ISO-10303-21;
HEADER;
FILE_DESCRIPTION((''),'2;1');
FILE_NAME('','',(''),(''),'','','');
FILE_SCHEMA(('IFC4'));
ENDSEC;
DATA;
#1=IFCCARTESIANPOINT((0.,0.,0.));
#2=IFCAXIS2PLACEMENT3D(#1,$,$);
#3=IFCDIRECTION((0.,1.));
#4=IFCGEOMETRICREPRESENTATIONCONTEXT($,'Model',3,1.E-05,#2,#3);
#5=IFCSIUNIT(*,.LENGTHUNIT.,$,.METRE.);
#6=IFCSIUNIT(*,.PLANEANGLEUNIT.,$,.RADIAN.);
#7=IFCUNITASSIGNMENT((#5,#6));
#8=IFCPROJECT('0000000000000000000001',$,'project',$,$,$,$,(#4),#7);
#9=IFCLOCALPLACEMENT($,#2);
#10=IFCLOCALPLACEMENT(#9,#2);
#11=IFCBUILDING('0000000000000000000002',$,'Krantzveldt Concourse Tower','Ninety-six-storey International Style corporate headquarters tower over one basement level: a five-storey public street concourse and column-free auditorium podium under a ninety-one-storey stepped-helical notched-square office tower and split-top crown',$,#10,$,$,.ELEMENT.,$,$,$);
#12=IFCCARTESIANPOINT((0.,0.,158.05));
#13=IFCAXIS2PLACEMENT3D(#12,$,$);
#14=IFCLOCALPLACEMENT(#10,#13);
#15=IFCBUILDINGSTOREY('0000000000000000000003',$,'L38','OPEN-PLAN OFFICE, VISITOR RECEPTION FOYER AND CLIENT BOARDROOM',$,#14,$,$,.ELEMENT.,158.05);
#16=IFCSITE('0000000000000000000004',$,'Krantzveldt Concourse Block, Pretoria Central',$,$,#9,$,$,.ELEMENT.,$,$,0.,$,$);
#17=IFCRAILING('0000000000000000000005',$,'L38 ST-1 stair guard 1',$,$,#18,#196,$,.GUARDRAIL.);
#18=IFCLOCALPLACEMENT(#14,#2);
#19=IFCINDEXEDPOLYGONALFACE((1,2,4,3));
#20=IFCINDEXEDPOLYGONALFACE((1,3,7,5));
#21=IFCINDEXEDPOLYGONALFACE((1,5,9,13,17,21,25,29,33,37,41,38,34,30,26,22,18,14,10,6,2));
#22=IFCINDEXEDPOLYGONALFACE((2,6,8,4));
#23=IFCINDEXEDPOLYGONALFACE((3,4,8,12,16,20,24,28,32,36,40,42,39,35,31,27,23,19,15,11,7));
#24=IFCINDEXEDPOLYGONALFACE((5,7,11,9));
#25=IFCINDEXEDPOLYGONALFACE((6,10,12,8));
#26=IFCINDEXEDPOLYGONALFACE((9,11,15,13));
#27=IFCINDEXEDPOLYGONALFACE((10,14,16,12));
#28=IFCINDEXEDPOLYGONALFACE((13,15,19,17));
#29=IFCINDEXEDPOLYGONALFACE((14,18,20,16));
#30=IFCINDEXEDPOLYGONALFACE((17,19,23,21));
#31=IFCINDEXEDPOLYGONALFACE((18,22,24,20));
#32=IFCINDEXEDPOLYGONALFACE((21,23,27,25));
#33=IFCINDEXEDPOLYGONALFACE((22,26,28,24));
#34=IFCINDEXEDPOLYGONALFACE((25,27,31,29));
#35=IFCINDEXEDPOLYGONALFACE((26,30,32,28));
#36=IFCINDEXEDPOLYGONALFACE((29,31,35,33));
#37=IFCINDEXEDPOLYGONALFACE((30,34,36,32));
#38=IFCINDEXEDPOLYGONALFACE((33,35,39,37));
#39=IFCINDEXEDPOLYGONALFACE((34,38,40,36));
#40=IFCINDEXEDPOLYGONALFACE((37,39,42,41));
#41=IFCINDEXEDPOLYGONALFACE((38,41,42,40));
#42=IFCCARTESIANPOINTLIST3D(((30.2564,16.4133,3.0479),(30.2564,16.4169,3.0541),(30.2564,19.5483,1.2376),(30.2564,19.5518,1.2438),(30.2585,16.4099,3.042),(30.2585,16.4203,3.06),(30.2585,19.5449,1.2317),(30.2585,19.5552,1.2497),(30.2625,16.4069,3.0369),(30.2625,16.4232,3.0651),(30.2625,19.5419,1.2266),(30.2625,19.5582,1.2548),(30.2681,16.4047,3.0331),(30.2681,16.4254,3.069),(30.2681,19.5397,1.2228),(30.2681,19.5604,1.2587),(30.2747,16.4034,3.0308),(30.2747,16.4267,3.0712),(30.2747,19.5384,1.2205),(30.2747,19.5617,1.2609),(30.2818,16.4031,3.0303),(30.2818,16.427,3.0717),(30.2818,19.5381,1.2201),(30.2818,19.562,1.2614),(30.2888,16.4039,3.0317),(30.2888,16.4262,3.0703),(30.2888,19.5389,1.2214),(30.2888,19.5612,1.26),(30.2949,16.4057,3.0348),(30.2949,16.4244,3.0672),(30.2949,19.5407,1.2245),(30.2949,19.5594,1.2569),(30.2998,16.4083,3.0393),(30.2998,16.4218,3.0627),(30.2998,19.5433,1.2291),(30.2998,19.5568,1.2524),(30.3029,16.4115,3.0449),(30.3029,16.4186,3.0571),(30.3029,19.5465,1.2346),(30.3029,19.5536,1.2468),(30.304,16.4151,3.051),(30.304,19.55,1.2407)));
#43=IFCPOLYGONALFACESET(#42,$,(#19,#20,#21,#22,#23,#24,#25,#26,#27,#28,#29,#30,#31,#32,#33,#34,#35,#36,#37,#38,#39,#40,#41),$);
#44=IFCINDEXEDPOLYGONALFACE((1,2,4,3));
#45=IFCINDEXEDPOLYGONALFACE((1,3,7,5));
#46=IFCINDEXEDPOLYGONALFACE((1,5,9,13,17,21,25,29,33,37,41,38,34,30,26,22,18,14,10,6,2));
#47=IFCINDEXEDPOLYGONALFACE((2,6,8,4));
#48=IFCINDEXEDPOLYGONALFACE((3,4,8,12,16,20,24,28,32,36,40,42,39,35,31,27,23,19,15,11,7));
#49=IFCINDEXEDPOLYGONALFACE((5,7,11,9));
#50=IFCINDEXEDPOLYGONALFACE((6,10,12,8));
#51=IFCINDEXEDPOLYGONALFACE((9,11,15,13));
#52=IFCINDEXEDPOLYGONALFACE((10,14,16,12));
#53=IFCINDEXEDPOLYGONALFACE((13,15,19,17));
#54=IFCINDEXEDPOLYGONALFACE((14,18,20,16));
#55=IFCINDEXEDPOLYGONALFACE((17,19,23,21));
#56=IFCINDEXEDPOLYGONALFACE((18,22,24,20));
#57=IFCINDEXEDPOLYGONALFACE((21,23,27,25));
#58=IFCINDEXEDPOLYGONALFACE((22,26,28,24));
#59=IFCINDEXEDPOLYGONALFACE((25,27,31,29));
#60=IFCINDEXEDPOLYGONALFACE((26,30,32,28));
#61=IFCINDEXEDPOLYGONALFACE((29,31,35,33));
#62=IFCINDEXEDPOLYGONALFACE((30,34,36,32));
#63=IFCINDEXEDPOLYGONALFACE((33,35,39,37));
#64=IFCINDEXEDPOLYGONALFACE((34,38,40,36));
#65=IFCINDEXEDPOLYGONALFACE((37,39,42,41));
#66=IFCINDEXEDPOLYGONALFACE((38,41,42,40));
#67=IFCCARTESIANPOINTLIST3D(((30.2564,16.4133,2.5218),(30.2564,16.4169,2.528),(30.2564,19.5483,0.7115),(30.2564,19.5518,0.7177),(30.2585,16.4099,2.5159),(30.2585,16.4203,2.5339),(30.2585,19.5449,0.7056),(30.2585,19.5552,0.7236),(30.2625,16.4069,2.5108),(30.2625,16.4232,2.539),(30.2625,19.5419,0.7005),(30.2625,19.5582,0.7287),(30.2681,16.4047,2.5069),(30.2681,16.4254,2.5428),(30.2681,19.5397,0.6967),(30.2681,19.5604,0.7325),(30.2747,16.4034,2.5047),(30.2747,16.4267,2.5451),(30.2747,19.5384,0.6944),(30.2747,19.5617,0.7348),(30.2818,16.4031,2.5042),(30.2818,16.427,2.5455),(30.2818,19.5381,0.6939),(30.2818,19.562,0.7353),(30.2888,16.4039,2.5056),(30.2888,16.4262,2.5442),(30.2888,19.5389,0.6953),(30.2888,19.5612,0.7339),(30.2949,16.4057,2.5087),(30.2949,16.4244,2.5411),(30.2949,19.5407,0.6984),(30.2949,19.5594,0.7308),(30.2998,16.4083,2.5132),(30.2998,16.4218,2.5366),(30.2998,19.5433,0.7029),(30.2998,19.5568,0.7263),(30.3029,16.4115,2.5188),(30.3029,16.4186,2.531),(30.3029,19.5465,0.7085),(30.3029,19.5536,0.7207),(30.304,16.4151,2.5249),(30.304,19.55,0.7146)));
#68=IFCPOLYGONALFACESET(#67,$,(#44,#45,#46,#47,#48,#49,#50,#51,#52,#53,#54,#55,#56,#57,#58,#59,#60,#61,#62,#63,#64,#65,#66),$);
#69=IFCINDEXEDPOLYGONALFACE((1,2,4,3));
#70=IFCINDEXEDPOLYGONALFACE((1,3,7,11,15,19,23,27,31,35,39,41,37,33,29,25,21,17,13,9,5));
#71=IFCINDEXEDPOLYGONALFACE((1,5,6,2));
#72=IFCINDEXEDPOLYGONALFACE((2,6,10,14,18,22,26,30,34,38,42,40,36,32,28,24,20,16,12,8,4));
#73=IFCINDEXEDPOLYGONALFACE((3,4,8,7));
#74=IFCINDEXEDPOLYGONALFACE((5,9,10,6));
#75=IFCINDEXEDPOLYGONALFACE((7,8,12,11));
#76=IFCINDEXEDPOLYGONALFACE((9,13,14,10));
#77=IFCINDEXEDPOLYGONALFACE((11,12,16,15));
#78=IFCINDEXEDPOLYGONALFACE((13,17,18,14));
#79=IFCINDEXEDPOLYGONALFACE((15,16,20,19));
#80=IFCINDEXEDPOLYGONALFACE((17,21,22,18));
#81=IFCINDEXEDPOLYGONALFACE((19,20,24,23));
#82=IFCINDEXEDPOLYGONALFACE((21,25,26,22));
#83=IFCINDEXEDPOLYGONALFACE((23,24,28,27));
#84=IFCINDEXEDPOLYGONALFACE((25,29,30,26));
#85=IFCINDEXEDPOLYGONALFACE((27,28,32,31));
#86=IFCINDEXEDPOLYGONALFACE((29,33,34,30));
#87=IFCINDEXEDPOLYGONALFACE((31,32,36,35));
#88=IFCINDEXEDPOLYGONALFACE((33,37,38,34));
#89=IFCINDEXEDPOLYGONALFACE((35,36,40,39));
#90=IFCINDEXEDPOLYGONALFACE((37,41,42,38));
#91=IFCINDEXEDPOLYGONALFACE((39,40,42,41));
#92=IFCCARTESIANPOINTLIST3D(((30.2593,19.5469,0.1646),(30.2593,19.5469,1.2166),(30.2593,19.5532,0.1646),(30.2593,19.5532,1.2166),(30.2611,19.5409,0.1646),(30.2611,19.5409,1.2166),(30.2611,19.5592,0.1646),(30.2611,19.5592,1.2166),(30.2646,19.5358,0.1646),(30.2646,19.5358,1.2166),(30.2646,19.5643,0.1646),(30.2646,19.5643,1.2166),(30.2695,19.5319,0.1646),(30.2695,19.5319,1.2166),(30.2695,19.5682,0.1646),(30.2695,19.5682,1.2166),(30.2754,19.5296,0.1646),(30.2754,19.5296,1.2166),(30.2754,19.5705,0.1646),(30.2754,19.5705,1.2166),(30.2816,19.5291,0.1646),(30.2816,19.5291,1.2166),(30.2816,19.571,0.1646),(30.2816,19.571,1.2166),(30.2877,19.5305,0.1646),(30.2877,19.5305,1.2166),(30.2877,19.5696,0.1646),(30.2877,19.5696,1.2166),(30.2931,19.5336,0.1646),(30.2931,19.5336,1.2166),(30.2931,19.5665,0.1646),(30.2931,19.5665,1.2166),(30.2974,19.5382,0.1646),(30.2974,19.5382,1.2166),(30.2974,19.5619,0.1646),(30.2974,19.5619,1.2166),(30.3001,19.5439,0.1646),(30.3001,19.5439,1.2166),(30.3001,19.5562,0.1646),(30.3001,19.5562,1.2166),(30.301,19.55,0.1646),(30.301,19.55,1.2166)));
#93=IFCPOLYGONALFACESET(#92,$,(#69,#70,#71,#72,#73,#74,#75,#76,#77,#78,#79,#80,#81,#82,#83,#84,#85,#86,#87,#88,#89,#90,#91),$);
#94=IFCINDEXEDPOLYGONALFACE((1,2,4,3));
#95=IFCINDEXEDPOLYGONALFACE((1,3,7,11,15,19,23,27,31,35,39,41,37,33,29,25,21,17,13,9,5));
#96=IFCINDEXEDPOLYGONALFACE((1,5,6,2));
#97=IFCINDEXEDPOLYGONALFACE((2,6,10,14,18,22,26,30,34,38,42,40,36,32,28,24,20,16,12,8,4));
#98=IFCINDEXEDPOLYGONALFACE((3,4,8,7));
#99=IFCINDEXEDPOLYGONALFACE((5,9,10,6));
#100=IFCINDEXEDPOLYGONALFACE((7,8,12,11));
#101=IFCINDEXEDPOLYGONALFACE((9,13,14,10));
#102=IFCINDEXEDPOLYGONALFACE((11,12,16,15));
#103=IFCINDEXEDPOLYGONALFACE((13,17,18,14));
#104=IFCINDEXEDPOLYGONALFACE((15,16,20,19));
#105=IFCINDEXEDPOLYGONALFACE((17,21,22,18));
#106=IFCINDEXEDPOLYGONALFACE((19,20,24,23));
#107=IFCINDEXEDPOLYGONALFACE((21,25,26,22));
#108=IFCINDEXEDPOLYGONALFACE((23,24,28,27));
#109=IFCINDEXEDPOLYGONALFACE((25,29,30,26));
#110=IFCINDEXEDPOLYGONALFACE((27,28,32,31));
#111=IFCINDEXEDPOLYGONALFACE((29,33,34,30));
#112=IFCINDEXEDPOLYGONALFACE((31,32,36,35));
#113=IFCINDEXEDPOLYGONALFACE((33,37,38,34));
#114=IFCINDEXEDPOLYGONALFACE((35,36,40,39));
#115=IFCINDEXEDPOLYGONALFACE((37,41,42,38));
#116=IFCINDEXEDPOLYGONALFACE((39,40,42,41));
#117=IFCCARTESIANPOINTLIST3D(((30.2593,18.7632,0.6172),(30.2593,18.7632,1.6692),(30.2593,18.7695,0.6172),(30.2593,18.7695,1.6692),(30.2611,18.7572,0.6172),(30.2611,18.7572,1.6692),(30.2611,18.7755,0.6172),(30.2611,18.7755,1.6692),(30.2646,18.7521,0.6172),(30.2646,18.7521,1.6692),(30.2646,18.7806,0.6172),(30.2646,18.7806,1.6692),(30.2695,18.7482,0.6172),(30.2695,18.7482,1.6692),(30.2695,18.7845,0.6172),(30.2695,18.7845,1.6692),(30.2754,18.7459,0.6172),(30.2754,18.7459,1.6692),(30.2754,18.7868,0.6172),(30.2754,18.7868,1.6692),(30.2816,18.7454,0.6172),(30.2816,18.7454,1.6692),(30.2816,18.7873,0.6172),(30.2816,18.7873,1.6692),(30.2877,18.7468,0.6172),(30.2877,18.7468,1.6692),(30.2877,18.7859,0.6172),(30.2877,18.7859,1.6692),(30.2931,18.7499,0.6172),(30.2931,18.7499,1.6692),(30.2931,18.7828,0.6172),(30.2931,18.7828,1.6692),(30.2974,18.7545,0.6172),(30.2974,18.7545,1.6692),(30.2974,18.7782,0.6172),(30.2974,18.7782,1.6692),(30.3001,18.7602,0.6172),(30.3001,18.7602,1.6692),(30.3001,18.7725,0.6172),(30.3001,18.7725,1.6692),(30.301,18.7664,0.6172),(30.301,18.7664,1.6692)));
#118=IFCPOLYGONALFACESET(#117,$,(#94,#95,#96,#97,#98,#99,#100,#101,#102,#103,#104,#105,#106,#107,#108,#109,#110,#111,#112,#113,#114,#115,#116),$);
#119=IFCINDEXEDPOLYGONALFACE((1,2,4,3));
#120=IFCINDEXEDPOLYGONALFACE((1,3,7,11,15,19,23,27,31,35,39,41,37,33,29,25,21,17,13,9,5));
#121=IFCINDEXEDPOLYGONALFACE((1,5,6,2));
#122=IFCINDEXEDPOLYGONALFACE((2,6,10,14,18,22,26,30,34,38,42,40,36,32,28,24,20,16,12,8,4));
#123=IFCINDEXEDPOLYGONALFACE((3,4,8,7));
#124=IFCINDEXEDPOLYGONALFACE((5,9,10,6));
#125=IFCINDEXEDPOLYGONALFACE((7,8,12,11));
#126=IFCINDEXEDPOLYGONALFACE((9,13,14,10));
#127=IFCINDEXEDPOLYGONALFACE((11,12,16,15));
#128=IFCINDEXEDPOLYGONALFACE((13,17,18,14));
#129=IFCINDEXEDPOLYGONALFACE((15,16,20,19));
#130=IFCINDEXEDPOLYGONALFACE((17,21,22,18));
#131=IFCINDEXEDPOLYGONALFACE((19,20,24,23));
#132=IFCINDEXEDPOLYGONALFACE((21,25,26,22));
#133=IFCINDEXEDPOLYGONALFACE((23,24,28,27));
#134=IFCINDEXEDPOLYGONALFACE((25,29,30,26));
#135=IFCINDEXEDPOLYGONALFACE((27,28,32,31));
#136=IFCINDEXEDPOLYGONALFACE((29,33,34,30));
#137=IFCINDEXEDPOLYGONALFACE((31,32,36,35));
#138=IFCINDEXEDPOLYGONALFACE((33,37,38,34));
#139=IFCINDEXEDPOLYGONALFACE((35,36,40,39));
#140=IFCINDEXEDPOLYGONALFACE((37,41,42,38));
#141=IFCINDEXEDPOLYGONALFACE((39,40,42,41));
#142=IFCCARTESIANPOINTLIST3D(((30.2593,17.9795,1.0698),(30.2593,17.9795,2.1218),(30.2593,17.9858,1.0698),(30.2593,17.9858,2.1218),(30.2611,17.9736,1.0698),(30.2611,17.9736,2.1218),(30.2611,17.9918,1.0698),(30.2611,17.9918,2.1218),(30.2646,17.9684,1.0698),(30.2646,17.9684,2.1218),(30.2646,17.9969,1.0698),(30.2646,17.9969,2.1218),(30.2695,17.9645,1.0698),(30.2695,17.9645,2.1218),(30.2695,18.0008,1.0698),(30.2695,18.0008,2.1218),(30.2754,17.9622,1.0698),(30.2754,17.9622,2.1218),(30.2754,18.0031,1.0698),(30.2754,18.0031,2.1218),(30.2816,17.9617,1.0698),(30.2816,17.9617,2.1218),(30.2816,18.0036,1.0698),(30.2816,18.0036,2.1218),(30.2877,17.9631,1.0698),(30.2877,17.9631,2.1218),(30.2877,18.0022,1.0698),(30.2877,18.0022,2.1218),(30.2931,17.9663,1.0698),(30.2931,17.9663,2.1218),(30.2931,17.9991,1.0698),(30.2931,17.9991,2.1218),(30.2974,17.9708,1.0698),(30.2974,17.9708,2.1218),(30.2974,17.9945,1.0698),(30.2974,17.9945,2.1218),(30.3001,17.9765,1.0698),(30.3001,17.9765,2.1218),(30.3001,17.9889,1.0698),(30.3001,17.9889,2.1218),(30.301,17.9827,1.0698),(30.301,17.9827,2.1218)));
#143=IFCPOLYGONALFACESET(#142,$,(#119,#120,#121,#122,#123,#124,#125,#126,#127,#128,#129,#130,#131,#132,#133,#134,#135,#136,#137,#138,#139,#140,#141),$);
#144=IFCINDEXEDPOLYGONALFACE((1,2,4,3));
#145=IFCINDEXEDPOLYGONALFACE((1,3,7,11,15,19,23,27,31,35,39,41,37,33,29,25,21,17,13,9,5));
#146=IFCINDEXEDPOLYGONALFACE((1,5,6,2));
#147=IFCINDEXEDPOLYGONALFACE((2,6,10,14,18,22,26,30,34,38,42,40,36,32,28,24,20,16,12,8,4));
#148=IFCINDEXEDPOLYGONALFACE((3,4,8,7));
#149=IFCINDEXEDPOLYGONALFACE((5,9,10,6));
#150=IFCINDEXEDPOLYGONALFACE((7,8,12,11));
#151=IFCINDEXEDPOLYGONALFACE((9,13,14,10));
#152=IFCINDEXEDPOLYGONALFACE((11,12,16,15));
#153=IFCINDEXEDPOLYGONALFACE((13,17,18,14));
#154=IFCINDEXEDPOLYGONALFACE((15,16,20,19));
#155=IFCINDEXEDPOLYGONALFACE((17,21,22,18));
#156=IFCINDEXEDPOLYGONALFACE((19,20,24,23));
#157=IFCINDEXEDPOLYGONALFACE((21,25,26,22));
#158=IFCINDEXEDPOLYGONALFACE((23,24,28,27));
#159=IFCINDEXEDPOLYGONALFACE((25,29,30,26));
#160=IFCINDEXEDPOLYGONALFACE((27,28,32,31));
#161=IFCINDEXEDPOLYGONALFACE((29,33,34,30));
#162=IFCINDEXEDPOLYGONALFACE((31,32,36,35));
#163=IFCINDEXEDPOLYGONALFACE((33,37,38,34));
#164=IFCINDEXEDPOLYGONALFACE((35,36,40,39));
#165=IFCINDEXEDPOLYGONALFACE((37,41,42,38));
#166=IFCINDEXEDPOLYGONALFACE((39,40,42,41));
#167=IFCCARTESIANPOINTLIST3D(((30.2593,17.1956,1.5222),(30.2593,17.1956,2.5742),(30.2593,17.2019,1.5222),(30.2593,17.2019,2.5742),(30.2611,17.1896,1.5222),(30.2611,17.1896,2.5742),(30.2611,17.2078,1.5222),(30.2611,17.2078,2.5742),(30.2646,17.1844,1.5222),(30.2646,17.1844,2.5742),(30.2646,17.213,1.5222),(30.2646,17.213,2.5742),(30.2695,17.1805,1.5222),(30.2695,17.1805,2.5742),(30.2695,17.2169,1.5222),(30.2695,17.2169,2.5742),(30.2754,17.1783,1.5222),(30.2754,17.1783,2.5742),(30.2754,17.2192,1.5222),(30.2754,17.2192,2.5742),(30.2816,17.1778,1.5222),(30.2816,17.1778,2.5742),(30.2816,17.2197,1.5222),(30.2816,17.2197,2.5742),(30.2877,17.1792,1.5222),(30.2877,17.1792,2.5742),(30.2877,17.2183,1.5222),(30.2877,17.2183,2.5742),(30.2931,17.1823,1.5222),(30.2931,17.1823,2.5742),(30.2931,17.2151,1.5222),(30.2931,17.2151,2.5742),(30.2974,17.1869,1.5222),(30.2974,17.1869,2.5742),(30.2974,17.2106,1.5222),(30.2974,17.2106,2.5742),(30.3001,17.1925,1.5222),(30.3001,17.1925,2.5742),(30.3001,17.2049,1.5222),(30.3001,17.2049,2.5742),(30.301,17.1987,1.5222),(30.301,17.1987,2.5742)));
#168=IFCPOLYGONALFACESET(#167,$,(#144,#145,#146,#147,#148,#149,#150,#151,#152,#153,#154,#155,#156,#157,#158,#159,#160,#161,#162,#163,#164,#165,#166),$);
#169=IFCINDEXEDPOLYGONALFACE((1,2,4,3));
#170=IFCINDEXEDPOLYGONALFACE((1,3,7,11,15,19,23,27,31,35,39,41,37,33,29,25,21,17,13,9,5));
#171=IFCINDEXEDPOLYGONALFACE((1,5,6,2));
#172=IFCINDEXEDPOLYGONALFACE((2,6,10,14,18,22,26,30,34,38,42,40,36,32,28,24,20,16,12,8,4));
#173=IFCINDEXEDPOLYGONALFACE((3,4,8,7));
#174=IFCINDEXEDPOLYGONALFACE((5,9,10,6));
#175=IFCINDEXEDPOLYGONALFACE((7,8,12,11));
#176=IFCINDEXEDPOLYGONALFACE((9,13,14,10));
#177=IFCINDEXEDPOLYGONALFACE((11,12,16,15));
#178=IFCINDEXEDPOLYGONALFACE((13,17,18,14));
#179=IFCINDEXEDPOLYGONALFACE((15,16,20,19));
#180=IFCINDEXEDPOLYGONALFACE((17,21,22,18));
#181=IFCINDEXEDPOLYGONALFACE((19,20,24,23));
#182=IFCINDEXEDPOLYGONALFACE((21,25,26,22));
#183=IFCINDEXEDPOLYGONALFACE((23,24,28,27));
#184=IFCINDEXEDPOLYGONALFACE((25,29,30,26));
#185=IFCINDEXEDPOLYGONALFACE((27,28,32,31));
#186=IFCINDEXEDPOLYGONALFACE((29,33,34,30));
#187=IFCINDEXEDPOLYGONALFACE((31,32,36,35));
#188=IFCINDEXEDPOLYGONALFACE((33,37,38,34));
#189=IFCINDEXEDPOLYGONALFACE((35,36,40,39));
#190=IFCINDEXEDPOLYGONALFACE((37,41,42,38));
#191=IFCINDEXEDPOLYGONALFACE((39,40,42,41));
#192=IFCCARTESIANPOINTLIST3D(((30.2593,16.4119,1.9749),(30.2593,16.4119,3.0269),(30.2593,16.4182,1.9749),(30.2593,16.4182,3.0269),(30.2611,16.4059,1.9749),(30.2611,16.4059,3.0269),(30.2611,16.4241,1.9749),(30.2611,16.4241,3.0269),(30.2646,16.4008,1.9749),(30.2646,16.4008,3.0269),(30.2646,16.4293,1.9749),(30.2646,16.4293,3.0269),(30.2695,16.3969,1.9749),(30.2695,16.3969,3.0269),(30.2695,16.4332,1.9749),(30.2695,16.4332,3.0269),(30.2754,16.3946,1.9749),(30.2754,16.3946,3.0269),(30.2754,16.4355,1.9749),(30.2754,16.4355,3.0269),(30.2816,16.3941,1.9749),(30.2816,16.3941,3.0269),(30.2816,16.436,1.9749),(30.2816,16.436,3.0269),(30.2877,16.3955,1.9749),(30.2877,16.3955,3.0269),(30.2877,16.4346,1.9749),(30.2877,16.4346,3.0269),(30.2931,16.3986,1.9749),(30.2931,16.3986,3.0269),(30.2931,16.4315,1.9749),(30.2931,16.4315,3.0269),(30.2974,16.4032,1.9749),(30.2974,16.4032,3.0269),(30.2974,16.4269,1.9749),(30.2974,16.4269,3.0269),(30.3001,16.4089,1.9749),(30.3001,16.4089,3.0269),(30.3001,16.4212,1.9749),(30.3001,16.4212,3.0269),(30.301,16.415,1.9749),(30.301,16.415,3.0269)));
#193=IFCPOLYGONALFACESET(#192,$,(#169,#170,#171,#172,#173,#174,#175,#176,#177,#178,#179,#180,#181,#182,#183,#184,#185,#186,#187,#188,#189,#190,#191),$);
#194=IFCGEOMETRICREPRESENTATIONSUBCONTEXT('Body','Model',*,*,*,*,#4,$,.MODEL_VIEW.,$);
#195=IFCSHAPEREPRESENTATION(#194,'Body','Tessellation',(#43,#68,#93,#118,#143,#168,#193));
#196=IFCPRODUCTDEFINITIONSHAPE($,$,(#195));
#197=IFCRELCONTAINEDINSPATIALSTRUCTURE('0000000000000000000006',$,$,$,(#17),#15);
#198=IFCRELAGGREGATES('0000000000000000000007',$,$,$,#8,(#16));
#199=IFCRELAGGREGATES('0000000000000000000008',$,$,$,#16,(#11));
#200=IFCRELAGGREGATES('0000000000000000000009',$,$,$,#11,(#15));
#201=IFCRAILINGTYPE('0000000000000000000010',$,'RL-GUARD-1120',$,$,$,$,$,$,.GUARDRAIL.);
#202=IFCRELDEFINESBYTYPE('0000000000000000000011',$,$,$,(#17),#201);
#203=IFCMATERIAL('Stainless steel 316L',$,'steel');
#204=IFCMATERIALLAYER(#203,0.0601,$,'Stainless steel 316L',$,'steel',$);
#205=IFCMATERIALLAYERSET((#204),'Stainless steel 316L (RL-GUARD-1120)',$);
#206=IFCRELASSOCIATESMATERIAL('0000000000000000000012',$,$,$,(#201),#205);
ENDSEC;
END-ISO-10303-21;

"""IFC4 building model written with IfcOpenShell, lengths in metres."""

from ifc_helpers import new_model, si_unit, direction, frame, origin, origin_2d, place, context, subcontext, project, spatial, circle, extrude, material, layer, layer_set, type_object, element, save


model = new_model("IFC4")

# Units and contexts
model_context = context("Model", 3, precision=1e-05, world=origin(), true_north=direction((0.0, 1.0)))
body_context = subcontext(model_context, "Body", "Model", "MODEL_VIEW")
ifc_project = project(units=[si_unit("LENGTHUNIT", "METRE"), si_unit("PLANEANGLEUNIT", "RADIAN")], contexts=[model_context])

# Site, building, storey
site_placement = place(None, origin())
site = spatial("IfcSite", under=ifc_project, at=site_placement, Name="Krantzveldt Concourse Block, Pretoria Central", CompositionType="ELEMENT", RefElevation=0.0)
building_placement = place(site_placement, origin())
building = spatial("IfcBuilding", under=site, at=building_placement, Name="Krantzveldt Concourse Tower", Description="Ninety-six-storey International Style corporate headquarters tower over one basement level: a five-storey public street concourse and column-free auditorium podium under a ninety-one-storey stepped-helical notched-square office tower and split-top crown", CompositionType="ELEMENT")
storey_placement = place(building_placement, frame((0.0, 0.0, 158.05)))
storey = spatial("IfcBuildingStorey", under=building, at=storey_placement, Name="L38", Description="OPEN-PLAN OFFICE, VISITOR RECEPTION FOYER AND CLIENT BOARDROOM", CompositionType="ELEMENT", Elevation=158.05)

# Railing
ifc_material_1 = material(Name="Stainless steel 316L", Category="steel")
ifc_layer_1 = layer(ifc_material_1, 0.0601, Name="Stainless steel 316L", Category="steel")
ifc_layer_set_1 = layer_set([ifc_layer_1], Name="Stainless steel 316L (RL-GUARD-1120)")
railing_type_1 = type_object("IfcRailingType", Name="RL-GUARD-1120", PredefinedType="GUARDRAIL", material=ifc_layer_set_1)
railing_1_placement = place(storey_placement, frame((30.28, 19.55, 0.1646)))
element("IfcRailing", 1, at=railing_1_placement, inside=storey, type_object=railing_type_1, Name="L38 ST-1 stair guard 1", PredefinedType="GUARDRAIL", context=body_context, shape_type="SweptSolid", body=[
    extrude(circle(Radius=0.0239, at=origin_2d()), frame((0.0, 0.0, 1.0762), z_axis=(0.0, -0.865989, 0.500063), x_axis=(1.0, 0.0, 0.0)), (0.0, 0.0, 1.0), 3.6201),
    extrude(circle(Radius=0.0239, at=origin_2d()), frame((0.0, 0.0, 0.55), z_axis=(0.0, -0.865989, 0.500063), x_axis=(1.0, 0.0, 0.0)), (0.0, 0.0, 1.0), 3.6201),
    extrude(circle(Radius=0.021, at=origin_2d()), origin(), (0.0, 0.0, 1.0), 1.052),
    extrude(circle(Radius=0.021, at=origin_2d()), frame((0.0, -0.7837, 0.4526)), (0.0, 0.0, 1.0), 1.052),
    extrude(circle(Radius=0.021, at=origin_2d()), frame((0.0, -1.5674, 0.9053)), (0.0, 0.0, 1.0), 1.052),
    extrude(circle(Radius=0.021, at=origin_2d()), frame((0.0, -2.3513, 1.3577)), (0.0, 0.0, 1.0), 1.052),
    extrude(circle(Radius=0.021, at=origin_2d()), frame((0.0, -3.135, 1.8103)), (0.0, 0.0, 1.0), 1.052),
])

save(model, "model.ifc")
